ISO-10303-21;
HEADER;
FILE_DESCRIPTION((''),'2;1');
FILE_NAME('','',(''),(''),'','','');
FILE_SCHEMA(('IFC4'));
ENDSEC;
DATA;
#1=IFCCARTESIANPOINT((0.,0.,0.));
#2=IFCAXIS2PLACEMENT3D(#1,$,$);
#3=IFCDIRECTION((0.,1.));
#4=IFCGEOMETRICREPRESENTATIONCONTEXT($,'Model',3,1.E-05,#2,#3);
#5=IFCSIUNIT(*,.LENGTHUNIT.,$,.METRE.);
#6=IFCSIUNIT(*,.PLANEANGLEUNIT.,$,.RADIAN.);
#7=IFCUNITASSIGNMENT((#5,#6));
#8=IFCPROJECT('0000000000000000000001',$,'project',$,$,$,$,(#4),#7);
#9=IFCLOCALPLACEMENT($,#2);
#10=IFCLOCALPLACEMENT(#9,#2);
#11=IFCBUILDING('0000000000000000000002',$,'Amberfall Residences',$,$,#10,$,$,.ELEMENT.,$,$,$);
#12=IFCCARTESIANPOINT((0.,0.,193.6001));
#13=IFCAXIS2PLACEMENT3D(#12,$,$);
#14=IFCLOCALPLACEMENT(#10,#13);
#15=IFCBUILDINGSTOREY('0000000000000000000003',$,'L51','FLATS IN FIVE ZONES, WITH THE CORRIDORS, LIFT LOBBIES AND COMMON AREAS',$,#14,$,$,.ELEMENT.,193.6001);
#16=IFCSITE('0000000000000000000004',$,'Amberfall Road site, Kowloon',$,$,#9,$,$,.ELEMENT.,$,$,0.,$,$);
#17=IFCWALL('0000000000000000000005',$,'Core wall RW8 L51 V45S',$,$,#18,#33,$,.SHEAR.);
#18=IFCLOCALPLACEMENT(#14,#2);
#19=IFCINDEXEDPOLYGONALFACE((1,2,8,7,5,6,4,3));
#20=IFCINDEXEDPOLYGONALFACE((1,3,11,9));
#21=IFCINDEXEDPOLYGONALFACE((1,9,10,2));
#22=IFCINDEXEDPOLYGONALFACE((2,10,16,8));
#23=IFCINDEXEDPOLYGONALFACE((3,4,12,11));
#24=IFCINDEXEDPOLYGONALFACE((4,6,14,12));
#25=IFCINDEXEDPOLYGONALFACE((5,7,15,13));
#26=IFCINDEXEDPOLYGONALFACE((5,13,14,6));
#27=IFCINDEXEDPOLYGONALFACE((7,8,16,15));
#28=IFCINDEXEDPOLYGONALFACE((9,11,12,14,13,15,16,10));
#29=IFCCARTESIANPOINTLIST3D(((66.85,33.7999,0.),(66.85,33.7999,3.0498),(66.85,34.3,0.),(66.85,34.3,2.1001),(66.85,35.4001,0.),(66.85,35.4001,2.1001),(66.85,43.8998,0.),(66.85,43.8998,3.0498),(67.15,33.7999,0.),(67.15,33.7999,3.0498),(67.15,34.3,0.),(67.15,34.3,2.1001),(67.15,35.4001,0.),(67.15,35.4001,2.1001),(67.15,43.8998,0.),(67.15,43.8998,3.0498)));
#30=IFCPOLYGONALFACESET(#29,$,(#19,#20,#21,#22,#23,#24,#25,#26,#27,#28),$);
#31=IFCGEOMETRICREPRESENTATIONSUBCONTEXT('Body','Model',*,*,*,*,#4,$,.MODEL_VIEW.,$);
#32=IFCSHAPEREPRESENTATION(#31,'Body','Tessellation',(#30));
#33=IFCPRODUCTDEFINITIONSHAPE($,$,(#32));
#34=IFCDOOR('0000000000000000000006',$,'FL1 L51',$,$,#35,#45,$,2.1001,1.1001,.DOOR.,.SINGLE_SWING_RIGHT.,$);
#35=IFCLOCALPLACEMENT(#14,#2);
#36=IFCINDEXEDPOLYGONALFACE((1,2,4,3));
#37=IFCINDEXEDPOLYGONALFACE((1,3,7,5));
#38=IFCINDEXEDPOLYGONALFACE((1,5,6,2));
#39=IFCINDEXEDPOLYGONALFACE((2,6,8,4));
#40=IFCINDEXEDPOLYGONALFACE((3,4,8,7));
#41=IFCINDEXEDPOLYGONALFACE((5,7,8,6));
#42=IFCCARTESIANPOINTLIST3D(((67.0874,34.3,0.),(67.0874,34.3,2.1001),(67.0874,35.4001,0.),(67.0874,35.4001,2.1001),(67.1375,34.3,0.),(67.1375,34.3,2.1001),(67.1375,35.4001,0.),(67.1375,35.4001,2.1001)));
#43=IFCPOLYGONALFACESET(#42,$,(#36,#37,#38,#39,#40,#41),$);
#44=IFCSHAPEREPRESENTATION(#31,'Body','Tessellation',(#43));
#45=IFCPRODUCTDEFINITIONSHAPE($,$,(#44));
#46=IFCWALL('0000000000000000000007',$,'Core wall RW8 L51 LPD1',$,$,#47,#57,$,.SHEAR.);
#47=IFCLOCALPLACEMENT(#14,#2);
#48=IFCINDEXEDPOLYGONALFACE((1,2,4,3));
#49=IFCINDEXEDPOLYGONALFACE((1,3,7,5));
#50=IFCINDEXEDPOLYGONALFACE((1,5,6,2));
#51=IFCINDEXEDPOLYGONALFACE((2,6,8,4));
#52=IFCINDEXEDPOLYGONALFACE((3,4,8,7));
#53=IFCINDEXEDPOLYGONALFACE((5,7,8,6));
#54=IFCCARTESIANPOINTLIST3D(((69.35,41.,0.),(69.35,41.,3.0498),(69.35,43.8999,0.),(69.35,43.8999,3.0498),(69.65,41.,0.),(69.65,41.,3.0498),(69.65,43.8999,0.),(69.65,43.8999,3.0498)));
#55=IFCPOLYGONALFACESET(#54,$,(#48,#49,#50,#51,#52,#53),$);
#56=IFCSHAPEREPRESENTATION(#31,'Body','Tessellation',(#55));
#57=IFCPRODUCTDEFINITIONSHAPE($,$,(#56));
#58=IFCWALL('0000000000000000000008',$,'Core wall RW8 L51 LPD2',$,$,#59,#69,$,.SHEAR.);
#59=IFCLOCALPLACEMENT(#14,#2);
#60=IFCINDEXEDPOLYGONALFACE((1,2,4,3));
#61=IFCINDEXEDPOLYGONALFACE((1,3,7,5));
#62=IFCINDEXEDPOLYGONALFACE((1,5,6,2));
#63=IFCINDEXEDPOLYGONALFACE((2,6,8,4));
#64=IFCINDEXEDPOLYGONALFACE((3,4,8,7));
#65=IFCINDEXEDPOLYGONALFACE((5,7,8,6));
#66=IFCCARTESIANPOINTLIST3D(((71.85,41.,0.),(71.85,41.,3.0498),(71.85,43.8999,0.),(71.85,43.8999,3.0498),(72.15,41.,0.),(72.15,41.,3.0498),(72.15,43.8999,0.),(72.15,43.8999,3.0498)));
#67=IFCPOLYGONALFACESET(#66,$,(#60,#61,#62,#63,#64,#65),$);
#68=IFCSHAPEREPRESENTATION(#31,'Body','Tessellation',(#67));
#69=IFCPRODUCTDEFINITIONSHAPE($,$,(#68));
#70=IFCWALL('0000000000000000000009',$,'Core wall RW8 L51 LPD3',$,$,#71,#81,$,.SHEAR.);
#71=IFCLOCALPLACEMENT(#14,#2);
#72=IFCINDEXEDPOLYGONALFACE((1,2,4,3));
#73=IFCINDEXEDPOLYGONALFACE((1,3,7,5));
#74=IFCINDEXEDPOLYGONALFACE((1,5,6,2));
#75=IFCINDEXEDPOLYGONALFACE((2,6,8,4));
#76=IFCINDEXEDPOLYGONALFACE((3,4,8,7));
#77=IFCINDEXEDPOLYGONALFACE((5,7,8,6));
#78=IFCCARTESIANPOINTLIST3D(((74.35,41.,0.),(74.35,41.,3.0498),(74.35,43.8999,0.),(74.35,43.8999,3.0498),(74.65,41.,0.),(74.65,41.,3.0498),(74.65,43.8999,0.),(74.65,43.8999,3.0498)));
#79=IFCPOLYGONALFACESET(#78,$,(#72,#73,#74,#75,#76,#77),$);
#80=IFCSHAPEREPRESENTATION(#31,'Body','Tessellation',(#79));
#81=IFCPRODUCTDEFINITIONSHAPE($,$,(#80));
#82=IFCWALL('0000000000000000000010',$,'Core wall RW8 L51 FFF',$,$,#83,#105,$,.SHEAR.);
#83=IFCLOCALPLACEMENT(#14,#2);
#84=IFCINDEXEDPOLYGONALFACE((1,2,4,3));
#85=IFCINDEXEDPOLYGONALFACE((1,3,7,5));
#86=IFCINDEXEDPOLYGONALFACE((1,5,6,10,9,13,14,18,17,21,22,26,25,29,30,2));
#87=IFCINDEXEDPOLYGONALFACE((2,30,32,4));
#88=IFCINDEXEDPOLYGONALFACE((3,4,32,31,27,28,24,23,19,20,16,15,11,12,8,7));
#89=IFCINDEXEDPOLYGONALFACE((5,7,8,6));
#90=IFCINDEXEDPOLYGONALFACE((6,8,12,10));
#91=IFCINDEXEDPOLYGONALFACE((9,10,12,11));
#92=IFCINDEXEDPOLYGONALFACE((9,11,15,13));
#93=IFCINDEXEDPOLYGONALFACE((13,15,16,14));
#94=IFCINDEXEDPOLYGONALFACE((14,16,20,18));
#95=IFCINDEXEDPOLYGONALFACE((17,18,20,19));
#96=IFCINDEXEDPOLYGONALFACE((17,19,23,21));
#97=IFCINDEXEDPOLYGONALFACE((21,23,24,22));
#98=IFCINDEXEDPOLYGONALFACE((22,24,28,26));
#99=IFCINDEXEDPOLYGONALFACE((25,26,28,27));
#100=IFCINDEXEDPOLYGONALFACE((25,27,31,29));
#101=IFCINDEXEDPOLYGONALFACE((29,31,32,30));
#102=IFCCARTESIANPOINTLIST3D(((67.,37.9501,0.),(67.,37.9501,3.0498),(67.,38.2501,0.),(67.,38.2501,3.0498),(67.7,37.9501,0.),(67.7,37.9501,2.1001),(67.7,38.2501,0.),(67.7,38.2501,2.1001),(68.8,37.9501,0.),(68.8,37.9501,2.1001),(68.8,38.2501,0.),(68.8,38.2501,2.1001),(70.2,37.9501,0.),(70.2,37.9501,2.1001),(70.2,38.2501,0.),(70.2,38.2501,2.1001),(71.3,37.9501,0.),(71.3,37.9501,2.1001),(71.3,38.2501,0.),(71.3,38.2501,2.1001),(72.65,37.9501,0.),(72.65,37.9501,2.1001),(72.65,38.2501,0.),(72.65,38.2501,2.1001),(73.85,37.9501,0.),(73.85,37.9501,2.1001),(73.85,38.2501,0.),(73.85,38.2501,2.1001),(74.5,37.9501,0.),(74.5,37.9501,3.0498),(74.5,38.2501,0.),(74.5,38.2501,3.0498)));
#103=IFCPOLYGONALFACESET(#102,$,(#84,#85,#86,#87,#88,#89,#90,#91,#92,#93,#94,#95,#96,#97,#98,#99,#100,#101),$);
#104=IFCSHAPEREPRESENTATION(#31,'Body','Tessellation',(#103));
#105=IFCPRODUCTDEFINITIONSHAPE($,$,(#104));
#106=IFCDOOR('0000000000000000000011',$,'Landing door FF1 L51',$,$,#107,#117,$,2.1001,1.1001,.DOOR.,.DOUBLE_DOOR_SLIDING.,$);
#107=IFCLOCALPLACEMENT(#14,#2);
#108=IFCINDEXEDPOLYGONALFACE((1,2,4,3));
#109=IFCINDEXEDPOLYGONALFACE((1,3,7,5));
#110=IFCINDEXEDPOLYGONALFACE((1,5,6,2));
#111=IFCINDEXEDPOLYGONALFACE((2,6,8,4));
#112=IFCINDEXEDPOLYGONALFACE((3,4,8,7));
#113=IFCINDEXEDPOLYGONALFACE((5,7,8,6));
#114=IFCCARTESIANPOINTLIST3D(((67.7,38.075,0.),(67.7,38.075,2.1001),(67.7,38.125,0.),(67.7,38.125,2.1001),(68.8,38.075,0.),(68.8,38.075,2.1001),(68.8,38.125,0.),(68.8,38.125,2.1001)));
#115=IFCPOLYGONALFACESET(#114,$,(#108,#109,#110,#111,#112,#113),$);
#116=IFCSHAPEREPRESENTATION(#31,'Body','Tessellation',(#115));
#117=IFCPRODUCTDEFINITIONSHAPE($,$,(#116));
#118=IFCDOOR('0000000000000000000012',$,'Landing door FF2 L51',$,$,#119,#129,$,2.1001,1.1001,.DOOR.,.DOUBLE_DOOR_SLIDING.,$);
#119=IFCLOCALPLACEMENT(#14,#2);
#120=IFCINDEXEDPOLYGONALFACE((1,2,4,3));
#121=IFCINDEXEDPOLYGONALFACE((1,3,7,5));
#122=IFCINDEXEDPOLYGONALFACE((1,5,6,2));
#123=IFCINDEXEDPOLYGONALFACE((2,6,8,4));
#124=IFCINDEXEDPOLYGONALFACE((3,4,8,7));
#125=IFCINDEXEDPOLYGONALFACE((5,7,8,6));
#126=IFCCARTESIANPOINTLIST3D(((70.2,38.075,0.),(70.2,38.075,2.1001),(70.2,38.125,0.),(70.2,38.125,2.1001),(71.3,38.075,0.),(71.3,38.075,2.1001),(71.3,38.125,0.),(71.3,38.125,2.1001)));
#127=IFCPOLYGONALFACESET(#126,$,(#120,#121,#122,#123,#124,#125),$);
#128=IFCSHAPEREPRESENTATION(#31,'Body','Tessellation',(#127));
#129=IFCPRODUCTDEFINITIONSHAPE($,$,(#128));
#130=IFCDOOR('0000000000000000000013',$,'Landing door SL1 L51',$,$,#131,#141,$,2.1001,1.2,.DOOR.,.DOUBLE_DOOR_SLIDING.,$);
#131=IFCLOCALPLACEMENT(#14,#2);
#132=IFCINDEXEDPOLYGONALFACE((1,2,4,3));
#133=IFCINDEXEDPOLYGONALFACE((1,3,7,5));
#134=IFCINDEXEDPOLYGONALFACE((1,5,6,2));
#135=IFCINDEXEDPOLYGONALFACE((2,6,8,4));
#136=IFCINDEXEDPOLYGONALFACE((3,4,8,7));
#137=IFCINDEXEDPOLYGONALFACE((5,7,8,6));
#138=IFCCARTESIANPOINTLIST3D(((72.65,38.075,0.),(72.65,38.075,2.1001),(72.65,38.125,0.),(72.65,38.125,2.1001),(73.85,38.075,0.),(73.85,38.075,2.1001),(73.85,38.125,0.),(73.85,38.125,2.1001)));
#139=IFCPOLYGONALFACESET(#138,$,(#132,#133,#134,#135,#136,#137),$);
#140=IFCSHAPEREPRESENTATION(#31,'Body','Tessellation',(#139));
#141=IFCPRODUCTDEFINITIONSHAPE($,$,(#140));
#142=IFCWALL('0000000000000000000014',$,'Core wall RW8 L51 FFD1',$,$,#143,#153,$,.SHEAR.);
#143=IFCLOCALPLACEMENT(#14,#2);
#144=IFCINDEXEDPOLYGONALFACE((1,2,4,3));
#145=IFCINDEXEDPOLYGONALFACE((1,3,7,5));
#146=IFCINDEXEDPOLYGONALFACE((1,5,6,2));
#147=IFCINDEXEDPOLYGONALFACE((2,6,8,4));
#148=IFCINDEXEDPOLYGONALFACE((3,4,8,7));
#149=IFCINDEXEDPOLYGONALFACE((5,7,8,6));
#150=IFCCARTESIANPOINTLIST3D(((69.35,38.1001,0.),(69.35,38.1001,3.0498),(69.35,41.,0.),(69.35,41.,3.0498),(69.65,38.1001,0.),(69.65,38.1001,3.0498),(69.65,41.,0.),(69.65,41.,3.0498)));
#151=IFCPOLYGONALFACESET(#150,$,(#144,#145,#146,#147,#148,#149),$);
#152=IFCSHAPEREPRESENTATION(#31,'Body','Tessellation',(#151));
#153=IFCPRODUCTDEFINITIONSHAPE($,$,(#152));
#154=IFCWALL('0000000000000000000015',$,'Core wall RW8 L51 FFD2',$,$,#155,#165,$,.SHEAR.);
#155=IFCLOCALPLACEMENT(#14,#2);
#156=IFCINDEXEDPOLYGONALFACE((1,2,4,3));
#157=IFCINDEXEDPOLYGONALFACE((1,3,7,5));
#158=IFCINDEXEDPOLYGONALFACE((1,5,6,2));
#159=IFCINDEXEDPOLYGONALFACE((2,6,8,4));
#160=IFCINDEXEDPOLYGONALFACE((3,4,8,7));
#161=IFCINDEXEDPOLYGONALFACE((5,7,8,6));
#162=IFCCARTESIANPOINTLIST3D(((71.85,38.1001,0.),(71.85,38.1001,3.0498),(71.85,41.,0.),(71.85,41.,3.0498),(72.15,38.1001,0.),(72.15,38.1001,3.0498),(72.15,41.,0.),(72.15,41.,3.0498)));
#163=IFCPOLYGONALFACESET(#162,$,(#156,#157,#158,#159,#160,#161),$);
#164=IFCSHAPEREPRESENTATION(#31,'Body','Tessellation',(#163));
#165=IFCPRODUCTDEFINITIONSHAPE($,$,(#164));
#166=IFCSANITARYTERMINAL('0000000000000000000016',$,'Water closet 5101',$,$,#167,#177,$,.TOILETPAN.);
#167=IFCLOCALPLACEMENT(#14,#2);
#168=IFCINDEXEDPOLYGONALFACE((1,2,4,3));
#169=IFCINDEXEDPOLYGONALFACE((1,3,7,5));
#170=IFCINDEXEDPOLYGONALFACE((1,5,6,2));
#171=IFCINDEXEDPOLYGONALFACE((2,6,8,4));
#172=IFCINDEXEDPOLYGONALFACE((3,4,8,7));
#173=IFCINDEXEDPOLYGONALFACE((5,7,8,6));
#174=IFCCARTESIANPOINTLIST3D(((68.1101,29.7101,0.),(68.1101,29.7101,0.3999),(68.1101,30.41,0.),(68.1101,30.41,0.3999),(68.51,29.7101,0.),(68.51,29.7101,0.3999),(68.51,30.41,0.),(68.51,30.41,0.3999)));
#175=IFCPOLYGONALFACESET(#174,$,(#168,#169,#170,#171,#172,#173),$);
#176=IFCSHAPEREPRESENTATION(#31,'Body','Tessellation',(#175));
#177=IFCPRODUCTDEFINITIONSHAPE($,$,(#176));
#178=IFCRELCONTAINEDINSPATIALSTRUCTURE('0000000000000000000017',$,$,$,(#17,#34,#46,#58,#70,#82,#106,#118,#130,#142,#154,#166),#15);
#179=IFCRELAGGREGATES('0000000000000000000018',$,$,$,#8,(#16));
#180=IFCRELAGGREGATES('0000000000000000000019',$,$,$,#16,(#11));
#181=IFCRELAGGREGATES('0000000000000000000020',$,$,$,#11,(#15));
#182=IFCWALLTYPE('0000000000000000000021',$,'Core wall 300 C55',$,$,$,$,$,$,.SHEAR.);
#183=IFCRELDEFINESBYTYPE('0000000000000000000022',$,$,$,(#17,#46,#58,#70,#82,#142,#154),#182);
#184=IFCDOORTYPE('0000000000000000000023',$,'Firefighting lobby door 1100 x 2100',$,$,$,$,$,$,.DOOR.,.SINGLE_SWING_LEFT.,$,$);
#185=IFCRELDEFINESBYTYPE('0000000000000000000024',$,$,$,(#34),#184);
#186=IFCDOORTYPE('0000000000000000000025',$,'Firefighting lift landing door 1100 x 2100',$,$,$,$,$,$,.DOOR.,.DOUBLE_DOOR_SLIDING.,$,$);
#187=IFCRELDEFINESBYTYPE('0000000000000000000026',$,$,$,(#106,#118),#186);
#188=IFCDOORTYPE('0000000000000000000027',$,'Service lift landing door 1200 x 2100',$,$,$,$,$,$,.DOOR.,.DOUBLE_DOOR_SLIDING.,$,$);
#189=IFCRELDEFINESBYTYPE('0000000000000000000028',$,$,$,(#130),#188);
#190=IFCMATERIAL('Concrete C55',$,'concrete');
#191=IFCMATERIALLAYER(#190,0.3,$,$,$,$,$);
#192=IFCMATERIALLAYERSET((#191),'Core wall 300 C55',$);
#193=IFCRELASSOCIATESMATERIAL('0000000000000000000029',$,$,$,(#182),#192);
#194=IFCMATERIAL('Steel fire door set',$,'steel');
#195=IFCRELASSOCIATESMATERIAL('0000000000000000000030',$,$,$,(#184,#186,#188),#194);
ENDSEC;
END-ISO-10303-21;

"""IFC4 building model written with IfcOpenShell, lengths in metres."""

from ifc_helpers import new_model, si_unit, direction, frame, frame_2d, origin, origin_2d, place, context, subcontext, project, spatial, rectangle, extrude, material, layer, layer_set, type_object, element, fill, save


model = new_model("IFC4")

# Units and contexts
model_context = context("Model", 3, precision=1e-05, world=origin(), true_north=direction((0.0, 1.0)))
body_context = subcontext(model_context, "Body", "Model", "MODEL_VIEW")
ifc_project = project(units=[si_unit("LENGTHUNIT", "METRE"), si_unit("PLANEANGLEUNIT", "RADIAN")], contexts=[model_context])

# Site, building, storey
site_placement = place(None, origin())
site = spatial("IfcSite", under=ifc_project, at=site_placement, Name="Amberfall Road site, Kowloon", CompositionType="ELEMENT", RefElevation=0.0)
building_placement = place(site_placement, origin())
building = spatial("IfcBuilding", under=site, at=building_placement, Name="Amberfall Residences", CompositionType="ELEMENT")
storey_placement = place(building_placement, frame((0.0, 0.0, 193.6001)))
storey = spatial("IfcBuildingStorey", under=building, at=storey_placement, Name="L51", Description="FLATS IN FIVE ZONES, WITH THE CORRIDORS, LIFT LOBBIES AND COMMON AREAS", CompositionType="ELEMENT", Elevation=193.6001)

# Wall, opening, door
ifc_material_1 = material(Name="Concrete C55", Category="concrete")
ifc_layer = layer(ifc_material_1, 0.3)
ifc_layer_set = layer_set([ifc_layer], Name="Core wall 300 C55")
wall_type = type_object("IfcWallType", Name="Core wall 300 C55", PredefinedType="SHEAR", material=ifc_layer_set)
wall_1_placement = place(storey_placement, frame((67.0, 33.8, 0.0), z_axis=(0.0, 0.0, 1.0), x_axis=(0.0, 1.0, 0.0)))
wall_1 = element("IfcWall", 1, at=wall_1_placement, inside=storey, type_object=wall_type, Name="Core wall RW8 L51 V45S", PredefinedType="SHEAR", context=body_context, shape_type="SweptSolid", body=[
    extrude(rectangle(XDim=10.0999, YDim=0.3, at=frame_2d((5.0498, 0.0))), origin(), (0.0, 0.0, 1.0), 3.0498),
])
opening_1_placement = place(wall_1_placement, frame((0.5, 0.0, 0.0)))
opening_1 = element("IfcOpeningElement", 2, at=opening_1_placement, cuts=wall_1, PredefinedType="OPENING", context=body_context, shape_type="SweptSolid", body=[
    extrude(rectangle(XDim=1.1001, YDim=2.1001, at=frame_2d((0.55, 1.05))), frame((0.0, 0.1599, 0.0), z_axis=(0.0, -1.0, 0.0), x_axis=(1.0, 0.0, 0.0)), (0.0, 0.0, 1.0), 0.3201),
])
ifc_material_2 = material(Name="Steel fire door set", Category="steel")
door_type_1 = type_object("IfcDoorType", Name="Firefighting lobby door 1100 x 2100", OperationType="SINGLE_SWING_LEFT", PredefinedType="DOOR", material=ifc_material_2)
door_1_placement = place(opening_1_placement, origin())
door_1 = element("IfcDoor", 3, at=door_1_placement, inside=storey, type_object=door_type_1, Name="FL1 L51", OperationType="SINGLE_SWING_RIGHT", OverallHeight=2.1001, OverallWidth=1.1001, PredefinedType="DOOR", context=body_context, shape_type="SweptSolid", body=[
    extrude(rectangle(XDim=1.1001, YDim=2.1001, at=frame_2d((0.55, 1.05))), frame((0.0, -0.0874, 0.0), z_axis=(0.0, -1.0, 0.0), x_axis=(1.0, 0.0, 0.0)), (0.0, 0.0, 1.0), 0.05),
])
fill(opening_1, door_1)

# Walls
for number, where, z_axis, x_axis, name in (
    (4, (69.5, 41.0, 0.0), (0.0, 0.0, 1.0), (0.0, 1.0, 0.0), "Core wall RW8 L51 LPD1"),
    (5, (72.0, 41.0, 0.0), (0.0, 0.0, 1.0), (0.0, 1.0, 0.0), "Core wall RW8 L51 LPD2"),
    (6, (74.5, 41.0, 0.0), (0.0, 0.0, 1.0), (0.0, 1.0, 0.0), "Core wall RW8 L51 LPD3"),
):
    element("IfcWall", number, at=place(storey_placement, frame(where, z_axis=z_axis, x_axis=x_axis)), inside=storey, type_object=wall_type, Name=name, PredefinedType="SHEAR", context=body_context, shape_type="SweptSolid", body=[
        extrude(rectangle(XDim=2.8999, YDim=0.3, at=frame_2d((1.45, 0.0))), origin(), (0.0, 0.0, 1.0), 3.0498),
    ])

# Wall, openings, doors
wall_2_placement = place(storey_placement, frame((67.0, 38.1001, 0.0), z_axis=(0.0, 0.0, 1.0), x_axis=(1.0, 0.0, 0.0)))
wall_2 = element("IfcWall", 7, at=wall_2_placement, inside=storey, type_object=wall_type, Name="Core wall RW8 L51 FFF", PredefinedType="SHEAR", context=body_context, shape_type="SweptSolid", body=[
    extrude(rectangle(XDim=7.5, YDim=0.3, at=frame_2d((3.75, 0.0))), origin(), (0.0, 0.0, 1.0), 3.0498),
])
opening_2_placement = place(wall_2_placement, frame((0.7, 0.0, 0.0)))
opening_2 = element("IfcOpeningElement", 8, at=opening_2_placement, cuts=wall_2, PredefinedType="OPENING", context=body_context, shape_type="SweptSolid", body=[
    extrude(rectangle(XDim=1.1001, YDim=2.1001, at=frame_2d((0.55, 1.05))), frame((0.0, 0.1599, 0.0), z_axis=(0.0, -1.0, 0.0), x_axis=(1.0, 0.0, 0.0)), (0.0, 0.0, 1.0), 0.3201),
])
opening_3_placement = place(wall_2_placement, frame((3.2, 0.0, 0.0)))
opening_3 = element("IfcOpeningElement", 9, at=opening_3_placement, cuts=wall_2, PredefinedType="OPENING", context=body_context, shape_type="SweptSolid", body=[
    extrude(rectangle(XDim=1.1001, YDim=2.1001, at=frame_2d((0.55, 1.05))), frame((0.0, 0.1599, 0.0), z_axis=(0.0, -1.0, 0.0), x_axis=(1.0, 0.0, 0.0)), (0.0, 0.0, 1.0), 0.3201),
])
opening_4_placement = place(wall_2_placement, frame((5.6499, 0.0, 0.0)))
opening_4 = element("IfcOpeningElement", 10, at=opening_4_placement, cuts=wall_2, PredefinedType="OPENING", context=body_context, shape_type="SweptSolid", body=[
    extrude(rectangle(XDim=1.2, YDim=2.1001, at=frame_2d((0.6001, 1.05))), frame((0.0, 0.1599, 0.0), z_axis=(0.0, -1.0, 0.0), x_axis=(1.0, 0.0, 0.0)), (0.0, 0.0, 1.0), 0.3201),
])
door_type_2 = type_object("IfcDoorType", Name="Firefighting lift landing door 1100 x 2100", OperationType="DOUBLE_DOOR_SLIDING", PredefinedType="DOOR", material=ifc_material_2)
door_2_placement = place(opening_2_placement, origin())
door_2 = element("IfcDoor", 11, at=door_2_placement, inside=storey, type_object=door_type_2, Name="Landing door FF1 L51", OperationType="DOUBLE_DOOR_SLIDING", OverallHeight=2.1001, OverallWidth=1.1001, PredefinedType="DOOR", context=body_context, shape_type="SweptSolid", body=[
    extrude(rectangle(XDim=1.1001, YDim=2.1001, at=frame_2d((0.55, 1.05))), frame((0.0, 0.0249, 0.0), z_axis=(0.0, -1.0, 0.0), x_axis=(1.0, 0.0, 0.0)), (0.0, 0.0, 1.0), 0.05),
])
fill(opening_2, door_2)
door_3_placement = place(opening_3_placement, origin())
door_3 = element("IfcDoor", 12, at=door_3_placement, inside=storey, type_object=door_type_2, Name="Landing door FF2 L51", OperationType="DOUBLE_DOOR_SLIDING", OverallHeight=2.1001, OverallWidth=1.1001, PredefinedType="DOOR", context=body_context, shape_type="SweptSolid", body=[
    extrude(rectangle(XDim=1.1001, YDim=2.1001, at=frame_2d((0.55, 1.05))), frame((0.0, 0.0249, 0.0), z_axis=(0.0, -1.0, 0.0), x_axis=(1.0, 0.0, 0.0)), (0.0, 0.0, 1.0), 0.05),
])
fill(opening_3, door_3)
door_type_3 = type_object("IfcDoorType", Name="Service lift landing door 1200 x 2100", OperationType="DOUBLE_DOOR_SLIDING", PredefinedType="DOOR", material=ifc_material_2)
door_4_placement = place(opening_4_placement, origin())
door_4 = element("IfcDoor", 13, at=door_4_placement, inside=storey, type_object=door_type_3, Name="Landing door SL1 L51", OperationType="DOUBLE_DOOR_SLIDING", OverallHeight=2.1001, OverallWidth=1.2, PredefinedType="DOOR", context=body_context, shape_type="SweptSolid", body=[
    extrude(rectangle(XDim=1.2, YDim=2.1001, at=frame_2d((0.6001, 1.05))), frame((0.0, 0.0249, 0.0), z_axis=(0.0, -1.0, 0.0), x_axis=(1.0, 0.0, 0.0)), (0.0, 0.0, 1.0), 0.05),
])
fill(opening_4, door_4)

# Walls
for number, where, z_axis, x_axis, name in (
    (14, (69.5, 38.1001, 0.0), (0.0, 0.0, 1.0), (0.0, 1.0, 0.0), "Core wall RW8 L51 FFD1"),
    (15, (72.0, 38.1001, 0.0), (0.0, 0.0, 1.0), (0.0, 1.0, 0.0), "Core wall RW8 L51 FFD2"),
):
    element("IfcWall", number, at=place(storey_placement, frame(where, z_axis=z_axis, x_axis=x_axis)), inside=storey, type_object=wall_type, Name=name, PredefinedType="SHEAR", context=body_context, shape_type="SweptSolid", body=[
        extrude(rectangle(XDim=2.8999, YDim=0.3, at=frame_2d((1.45, 0.0))), origin(), (0.0, 0.0, 1.0), 3.0498),
    ])

# Sanitary terminal
sanitary_terminal_1_placement = place(storey_placement, frame((68.3101, 30.0601, 0.0), z_axis=(0.0, 0.0, 1.0), x_axis=(1.0, 0.0, 0.0)))
element("IfcSanitaryTerminal", 16, at=sanitary_terminal_1_placement, inside=storey, Name="Water closet 5101", PredefinedType="TOILETPAN", context=body_context, shape_type="SweptSolid", body=[
    extrude(rectangle(XDim=0.3999, YDim=0.7, at=origin_2d()), origin(), (0.0, 0.0, 1.0), 0.3999),
])

save(model, "model.ifc")
